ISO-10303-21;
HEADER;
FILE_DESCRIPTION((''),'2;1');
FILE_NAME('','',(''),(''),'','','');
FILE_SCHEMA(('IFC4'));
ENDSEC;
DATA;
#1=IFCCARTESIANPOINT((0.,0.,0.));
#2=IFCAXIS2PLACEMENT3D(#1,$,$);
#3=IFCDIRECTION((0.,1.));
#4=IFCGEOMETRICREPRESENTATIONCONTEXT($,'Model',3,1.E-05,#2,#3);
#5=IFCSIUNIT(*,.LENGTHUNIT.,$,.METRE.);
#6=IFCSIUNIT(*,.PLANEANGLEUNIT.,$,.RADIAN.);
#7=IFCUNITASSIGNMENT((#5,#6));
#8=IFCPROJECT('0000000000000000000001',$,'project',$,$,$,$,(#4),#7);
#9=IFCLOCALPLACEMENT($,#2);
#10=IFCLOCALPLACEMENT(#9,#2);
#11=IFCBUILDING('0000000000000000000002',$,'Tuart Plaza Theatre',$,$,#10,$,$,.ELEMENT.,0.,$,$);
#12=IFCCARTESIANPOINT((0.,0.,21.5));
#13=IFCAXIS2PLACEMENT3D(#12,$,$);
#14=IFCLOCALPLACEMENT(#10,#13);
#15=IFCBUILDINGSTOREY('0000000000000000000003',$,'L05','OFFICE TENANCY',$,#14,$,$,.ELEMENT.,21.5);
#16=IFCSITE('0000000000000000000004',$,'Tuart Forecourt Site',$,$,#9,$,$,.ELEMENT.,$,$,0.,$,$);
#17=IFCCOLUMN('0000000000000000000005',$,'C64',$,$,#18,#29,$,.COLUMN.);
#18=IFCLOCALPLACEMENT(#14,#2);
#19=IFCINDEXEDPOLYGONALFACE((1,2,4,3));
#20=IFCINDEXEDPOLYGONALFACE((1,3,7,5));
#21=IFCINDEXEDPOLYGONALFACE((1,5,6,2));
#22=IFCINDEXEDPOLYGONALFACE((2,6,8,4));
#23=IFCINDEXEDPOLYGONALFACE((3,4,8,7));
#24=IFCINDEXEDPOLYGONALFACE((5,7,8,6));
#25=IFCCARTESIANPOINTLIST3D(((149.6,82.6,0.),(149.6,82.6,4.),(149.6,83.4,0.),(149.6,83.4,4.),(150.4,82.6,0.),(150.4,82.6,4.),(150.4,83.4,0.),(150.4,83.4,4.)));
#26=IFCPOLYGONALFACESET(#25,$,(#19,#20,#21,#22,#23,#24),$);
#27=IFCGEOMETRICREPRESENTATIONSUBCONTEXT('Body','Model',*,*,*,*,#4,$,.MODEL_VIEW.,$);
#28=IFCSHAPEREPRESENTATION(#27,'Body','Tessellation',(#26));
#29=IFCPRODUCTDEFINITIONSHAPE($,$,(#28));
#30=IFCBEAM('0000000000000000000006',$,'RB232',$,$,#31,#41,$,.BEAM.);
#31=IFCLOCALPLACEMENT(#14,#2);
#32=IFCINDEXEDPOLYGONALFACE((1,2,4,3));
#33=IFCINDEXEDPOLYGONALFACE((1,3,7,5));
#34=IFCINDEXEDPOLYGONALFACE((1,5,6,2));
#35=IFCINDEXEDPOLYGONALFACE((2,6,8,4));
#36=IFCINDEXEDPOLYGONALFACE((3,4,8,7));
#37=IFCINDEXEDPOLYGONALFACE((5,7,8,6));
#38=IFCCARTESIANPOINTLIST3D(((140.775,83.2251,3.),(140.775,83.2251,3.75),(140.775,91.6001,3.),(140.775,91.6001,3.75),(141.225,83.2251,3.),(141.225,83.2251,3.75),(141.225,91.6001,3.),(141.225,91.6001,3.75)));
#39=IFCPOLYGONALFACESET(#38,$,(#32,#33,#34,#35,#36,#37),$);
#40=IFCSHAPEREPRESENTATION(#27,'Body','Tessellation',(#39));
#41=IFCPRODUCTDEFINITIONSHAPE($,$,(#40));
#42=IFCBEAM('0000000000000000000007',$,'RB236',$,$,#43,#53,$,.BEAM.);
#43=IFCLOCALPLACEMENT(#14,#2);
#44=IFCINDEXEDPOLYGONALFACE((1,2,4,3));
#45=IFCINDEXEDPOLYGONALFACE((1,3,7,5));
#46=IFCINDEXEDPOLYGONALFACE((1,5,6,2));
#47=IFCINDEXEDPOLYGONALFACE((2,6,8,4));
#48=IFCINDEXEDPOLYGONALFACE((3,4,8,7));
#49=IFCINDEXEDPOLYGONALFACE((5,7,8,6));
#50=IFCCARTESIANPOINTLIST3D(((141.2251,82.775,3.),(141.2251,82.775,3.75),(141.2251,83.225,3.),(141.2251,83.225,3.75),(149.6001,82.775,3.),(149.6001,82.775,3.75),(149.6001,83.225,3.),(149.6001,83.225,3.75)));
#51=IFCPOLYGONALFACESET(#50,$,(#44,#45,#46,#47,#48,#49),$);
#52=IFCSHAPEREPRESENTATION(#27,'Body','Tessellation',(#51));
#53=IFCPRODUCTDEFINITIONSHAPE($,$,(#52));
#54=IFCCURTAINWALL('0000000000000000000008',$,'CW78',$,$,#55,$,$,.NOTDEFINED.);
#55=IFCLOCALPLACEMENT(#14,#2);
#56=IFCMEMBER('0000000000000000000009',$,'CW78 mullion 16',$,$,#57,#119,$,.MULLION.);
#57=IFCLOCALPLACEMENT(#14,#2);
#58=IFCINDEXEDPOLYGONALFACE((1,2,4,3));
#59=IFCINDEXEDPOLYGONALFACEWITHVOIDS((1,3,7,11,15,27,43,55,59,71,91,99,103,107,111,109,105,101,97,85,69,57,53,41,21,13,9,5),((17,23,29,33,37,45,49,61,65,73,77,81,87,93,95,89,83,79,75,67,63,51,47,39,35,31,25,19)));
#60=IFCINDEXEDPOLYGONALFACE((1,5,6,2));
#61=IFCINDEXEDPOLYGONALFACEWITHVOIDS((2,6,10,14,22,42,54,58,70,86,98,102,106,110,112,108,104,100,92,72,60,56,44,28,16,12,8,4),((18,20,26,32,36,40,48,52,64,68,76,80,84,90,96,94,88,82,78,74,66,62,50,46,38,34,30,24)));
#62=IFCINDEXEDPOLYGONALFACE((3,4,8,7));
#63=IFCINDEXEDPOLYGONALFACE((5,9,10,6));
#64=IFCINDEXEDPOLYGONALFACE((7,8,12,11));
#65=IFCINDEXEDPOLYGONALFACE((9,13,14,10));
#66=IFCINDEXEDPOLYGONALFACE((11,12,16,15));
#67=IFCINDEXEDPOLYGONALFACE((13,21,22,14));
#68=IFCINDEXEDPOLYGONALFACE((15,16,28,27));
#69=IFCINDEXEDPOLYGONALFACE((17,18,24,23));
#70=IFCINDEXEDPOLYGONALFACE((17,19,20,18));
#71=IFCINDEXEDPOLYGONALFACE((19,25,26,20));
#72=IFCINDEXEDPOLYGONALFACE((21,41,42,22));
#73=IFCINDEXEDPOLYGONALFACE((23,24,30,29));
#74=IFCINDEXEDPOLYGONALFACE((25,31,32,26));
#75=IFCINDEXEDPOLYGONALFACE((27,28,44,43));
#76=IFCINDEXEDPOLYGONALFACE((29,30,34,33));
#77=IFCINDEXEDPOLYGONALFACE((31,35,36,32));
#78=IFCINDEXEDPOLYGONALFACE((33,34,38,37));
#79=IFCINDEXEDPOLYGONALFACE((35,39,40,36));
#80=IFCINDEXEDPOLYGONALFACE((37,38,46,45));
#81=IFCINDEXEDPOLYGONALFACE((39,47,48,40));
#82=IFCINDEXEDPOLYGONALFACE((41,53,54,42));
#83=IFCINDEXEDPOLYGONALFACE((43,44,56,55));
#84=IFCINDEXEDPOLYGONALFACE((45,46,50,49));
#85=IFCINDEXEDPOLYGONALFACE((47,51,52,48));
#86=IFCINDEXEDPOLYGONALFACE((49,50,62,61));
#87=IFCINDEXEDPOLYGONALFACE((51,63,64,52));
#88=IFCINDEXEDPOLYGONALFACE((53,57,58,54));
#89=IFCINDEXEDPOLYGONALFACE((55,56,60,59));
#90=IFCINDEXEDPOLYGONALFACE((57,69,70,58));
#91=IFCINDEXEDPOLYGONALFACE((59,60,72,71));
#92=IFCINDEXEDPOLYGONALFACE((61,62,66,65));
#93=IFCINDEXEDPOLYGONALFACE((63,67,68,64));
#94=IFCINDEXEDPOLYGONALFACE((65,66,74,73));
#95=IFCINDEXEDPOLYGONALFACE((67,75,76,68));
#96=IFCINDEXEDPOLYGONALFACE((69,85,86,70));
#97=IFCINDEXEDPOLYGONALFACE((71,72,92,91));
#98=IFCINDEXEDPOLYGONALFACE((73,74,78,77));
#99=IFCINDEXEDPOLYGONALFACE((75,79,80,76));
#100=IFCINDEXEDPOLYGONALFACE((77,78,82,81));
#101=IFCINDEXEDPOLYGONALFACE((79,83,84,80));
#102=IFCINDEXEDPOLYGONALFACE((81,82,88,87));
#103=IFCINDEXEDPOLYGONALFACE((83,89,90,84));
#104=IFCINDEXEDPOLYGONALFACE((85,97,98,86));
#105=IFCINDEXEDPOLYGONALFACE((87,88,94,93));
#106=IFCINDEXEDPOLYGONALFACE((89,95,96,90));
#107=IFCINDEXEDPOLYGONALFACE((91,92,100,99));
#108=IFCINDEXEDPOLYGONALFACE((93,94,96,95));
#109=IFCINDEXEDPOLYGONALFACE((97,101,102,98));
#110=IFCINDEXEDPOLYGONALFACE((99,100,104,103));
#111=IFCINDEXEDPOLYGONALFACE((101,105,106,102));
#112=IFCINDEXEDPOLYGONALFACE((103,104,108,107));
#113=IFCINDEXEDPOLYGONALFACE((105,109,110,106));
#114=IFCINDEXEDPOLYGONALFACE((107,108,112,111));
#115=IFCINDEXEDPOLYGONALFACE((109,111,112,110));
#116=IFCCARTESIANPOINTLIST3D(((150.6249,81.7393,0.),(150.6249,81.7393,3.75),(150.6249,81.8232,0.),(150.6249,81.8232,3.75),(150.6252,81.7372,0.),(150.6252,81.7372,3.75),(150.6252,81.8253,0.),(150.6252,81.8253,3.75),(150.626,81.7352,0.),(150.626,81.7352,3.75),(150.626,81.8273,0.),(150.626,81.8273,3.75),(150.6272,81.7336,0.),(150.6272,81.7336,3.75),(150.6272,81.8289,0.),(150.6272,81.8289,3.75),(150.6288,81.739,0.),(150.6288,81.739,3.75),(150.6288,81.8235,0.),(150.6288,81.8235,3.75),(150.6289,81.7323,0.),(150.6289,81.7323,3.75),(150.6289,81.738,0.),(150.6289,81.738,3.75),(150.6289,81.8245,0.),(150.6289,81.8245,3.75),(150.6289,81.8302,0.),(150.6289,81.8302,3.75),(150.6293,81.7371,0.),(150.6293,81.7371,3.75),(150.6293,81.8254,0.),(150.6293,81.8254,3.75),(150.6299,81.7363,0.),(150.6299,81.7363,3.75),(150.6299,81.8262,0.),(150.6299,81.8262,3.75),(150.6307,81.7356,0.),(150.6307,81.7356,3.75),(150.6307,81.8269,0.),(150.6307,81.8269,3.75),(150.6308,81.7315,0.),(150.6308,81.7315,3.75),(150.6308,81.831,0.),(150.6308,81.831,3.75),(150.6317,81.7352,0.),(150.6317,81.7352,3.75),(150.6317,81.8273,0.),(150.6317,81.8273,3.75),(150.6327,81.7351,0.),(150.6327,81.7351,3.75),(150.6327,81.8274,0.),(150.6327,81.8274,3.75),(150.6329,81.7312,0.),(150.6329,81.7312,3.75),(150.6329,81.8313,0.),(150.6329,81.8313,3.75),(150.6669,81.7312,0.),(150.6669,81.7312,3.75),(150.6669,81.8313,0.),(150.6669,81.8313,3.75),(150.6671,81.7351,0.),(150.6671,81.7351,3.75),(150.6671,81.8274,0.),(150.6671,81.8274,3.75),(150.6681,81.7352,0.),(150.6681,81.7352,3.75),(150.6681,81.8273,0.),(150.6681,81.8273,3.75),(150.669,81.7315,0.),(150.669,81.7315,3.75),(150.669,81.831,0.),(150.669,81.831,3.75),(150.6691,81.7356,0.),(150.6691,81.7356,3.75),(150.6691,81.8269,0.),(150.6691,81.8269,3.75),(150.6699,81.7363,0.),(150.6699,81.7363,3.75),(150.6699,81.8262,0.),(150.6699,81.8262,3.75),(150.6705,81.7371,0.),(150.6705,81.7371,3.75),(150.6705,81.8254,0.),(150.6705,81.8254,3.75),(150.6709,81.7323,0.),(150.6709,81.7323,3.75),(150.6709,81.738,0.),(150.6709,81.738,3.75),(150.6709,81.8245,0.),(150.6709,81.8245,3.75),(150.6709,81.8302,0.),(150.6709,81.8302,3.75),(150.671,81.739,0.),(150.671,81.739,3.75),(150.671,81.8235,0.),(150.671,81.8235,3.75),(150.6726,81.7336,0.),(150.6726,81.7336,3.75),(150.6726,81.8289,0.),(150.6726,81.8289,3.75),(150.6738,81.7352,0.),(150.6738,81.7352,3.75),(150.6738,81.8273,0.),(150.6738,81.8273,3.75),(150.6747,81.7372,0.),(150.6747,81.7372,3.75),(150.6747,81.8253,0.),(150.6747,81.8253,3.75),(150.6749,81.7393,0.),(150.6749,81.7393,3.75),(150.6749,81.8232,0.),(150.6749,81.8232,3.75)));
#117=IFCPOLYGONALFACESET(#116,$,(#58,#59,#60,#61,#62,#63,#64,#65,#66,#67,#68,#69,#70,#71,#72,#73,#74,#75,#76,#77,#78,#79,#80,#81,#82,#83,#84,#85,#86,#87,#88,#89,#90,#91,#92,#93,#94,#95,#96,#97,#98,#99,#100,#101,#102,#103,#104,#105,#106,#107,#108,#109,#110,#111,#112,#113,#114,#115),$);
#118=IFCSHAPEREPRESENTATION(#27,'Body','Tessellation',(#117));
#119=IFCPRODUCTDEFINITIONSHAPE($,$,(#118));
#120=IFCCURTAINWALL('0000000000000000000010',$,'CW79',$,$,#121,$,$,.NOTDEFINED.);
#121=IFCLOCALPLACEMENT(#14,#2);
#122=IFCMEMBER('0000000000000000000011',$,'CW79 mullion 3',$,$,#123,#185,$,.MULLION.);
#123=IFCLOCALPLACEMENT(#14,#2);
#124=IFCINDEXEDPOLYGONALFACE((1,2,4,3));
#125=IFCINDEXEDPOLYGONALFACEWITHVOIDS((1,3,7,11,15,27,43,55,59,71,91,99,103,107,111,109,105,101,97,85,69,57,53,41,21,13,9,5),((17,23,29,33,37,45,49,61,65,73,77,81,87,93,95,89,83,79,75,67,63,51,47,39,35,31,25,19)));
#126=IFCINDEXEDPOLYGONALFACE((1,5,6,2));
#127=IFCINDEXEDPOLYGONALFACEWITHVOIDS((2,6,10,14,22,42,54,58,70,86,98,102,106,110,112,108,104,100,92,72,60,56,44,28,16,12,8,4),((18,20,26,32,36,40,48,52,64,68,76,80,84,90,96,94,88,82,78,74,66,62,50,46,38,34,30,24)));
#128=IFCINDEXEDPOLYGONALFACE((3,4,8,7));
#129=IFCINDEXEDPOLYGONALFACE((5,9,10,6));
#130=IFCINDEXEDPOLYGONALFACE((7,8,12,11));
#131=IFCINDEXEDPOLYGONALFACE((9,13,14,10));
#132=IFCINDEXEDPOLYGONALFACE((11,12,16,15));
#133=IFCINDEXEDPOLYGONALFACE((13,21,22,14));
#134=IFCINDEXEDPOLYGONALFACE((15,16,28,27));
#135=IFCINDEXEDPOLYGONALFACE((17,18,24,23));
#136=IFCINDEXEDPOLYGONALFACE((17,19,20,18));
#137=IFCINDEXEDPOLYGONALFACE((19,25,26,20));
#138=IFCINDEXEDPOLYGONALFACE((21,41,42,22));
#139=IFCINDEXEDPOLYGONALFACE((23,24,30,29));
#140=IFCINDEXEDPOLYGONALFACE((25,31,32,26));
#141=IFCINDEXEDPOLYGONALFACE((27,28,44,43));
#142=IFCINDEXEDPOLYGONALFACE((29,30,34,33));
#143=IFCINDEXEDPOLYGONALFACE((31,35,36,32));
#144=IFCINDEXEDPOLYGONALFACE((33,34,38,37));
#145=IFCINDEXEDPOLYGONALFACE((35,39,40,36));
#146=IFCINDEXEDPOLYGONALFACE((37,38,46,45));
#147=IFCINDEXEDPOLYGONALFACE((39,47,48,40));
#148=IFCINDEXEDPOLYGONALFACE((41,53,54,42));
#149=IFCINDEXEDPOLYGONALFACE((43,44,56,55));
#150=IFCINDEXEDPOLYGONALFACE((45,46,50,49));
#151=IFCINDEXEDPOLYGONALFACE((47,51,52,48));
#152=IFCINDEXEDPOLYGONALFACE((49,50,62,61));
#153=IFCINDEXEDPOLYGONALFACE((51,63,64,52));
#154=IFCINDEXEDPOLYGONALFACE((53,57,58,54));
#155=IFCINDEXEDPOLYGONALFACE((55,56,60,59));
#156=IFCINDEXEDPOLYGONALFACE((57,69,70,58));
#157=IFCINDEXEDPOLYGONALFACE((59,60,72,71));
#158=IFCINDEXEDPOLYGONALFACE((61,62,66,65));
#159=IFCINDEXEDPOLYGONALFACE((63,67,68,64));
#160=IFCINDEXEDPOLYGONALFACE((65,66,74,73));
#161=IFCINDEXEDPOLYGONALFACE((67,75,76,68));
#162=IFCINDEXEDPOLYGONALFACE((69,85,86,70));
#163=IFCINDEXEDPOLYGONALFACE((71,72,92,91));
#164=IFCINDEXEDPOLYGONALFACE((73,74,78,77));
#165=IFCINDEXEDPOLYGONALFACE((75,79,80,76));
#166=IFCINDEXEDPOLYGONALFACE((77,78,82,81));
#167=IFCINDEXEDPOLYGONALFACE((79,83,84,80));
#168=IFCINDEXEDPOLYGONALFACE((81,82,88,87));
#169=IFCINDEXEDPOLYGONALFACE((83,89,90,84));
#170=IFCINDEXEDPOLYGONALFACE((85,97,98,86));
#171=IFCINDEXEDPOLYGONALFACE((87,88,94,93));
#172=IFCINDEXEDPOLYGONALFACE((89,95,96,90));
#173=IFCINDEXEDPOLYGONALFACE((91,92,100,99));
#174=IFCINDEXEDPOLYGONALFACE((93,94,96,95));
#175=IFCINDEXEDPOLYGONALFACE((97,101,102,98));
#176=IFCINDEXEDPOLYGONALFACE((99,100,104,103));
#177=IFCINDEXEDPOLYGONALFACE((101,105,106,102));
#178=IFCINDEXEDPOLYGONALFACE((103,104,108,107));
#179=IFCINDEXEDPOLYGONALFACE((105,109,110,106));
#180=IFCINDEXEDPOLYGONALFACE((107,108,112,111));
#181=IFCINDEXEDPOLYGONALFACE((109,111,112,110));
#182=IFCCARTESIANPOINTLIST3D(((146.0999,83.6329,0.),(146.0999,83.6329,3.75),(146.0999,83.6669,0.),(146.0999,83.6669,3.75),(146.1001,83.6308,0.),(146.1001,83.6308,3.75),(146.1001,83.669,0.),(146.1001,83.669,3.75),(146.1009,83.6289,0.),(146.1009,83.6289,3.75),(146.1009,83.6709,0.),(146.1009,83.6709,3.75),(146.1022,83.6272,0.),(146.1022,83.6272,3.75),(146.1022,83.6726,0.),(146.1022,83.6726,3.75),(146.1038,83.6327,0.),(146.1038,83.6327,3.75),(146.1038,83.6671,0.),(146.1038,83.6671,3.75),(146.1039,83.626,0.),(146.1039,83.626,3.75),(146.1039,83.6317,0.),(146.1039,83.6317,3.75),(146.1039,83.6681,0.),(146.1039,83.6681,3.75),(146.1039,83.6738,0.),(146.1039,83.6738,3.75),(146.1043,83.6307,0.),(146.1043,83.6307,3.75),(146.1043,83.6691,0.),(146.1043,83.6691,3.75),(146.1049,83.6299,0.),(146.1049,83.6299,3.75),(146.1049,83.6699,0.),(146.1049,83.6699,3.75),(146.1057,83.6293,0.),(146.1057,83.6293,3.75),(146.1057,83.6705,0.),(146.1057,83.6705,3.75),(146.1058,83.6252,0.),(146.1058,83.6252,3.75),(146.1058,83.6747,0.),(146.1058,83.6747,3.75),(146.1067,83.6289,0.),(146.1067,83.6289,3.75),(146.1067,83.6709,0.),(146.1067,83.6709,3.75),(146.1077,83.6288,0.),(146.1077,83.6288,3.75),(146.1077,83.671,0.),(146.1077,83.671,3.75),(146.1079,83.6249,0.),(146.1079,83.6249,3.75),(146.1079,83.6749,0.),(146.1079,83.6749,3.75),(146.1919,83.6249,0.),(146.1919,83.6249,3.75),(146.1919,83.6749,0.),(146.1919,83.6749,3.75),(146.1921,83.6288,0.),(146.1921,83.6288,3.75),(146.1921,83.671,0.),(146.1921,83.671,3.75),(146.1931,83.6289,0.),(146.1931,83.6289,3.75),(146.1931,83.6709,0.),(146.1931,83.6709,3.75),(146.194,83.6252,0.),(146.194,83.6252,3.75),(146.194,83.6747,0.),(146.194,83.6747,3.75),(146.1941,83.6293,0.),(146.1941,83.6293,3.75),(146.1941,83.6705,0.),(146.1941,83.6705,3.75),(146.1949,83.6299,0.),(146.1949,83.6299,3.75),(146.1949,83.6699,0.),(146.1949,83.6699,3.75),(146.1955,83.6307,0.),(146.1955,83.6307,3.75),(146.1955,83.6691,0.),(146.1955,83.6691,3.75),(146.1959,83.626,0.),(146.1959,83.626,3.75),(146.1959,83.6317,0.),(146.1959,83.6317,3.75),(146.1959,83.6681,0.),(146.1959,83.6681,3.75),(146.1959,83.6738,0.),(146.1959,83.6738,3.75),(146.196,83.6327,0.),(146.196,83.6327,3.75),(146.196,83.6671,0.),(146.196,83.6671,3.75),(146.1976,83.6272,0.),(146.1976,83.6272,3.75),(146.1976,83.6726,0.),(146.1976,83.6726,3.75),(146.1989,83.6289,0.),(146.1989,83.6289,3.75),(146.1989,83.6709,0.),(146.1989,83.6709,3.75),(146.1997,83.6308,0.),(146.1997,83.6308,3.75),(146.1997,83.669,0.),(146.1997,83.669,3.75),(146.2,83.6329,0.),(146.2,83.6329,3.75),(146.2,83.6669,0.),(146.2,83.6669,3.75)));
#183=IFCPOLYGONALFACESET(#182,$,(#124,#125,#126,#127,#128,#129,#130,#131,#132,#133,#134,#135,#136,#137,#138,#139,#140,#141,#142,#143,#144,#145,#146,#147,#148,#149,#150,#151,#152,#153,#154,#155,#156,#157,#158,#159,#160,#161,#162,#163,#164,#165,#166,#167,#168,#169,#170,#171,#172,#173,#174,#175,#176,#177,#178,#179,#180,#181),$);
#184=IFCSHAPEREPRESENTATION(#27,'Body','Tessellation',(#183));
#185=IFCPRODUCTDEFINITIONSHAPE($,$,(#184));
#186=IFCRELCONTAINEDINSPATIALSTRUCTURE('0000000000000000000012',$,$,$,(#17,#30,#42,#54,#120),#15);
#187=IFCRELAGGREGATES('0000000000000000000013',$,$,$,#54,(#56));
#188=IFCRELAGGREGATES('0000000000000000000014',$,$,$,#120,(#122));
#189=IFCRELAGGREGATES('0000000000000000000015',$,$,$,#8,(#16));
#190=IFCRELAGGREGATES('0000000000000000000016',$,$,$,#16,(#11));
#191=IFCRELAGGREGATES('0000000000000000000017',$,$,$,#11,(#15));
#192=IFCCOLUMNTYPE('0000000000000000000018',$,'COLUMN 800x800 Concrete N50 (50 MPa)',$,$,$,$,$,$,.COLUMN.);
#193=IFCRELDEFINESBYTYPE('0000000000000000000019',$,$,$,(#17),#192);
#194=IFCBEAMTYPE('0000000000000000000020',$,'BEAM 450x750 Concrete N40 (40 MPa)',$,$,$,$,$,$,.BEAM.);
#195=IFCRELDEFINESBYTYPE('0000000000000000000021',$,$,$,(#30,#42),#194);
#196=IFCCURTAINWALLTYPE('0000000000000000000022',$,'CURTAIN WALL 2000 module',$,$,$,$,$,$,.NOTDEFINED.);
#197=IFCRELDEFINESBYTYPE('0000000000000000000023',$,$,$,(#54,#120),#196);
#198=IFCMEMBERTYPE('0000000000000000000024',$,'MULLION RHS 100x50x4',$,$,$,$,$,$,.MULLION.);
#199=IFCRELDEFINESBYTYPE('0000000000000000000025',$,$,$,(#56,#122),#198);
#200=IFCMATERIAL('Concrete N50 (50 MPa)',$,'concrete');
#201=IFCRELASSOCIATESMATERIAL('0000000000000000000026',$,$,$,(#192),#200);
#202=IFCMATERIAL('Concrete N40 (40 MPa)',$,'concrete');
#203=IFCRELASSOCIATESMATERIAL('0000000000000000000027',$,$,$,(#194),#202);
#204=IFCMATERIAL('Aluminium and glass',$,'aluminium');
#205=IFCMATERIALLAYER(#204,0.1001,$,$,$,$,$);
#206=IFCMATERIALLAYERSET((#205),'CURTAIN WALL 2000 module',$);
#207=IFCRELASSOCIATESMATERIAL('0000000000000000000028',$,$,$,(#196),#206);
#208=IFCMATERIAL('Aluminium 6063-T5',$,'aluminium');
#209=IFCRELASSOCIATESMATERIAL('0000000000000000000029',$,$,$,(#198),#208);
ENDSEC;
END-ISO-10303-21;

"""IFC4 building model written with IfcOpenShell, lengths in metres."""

from ifc_helpers import new_model, si_unit, direction, frame, origin, origin_2d, place, context, subcontext, project, spatial, rectangle, hollow_rectangle, extrude, material, layer, layer_set, material_profile, profile_set, type_object, element, aggregate, save


model = new_model("IFC4")

# Units and contexts
model_context = context("Model", 3, precision=1e-05, world=origin(), true_north=direction((0.0, 1.0)))
body_context = subcontext(model_context, "Body", "Model", "MODEL_VIEW")
ifc_project = project(units=[si_unit("LENGTHUNIT", "METRE"), si_unit("PLANEANGLEUNIT", "RADIAN")], contexts=[model_context])

# Site, building, storey
site_placement = place(None, origin())
site = spatial("IfcSite", under=ifc_project, at=site_placement, Name="Tuart Forecourt Site", CompositionType="ELEMENT", RefElevation=0.0)
building_placement = place(site_placement, origin())
building = spatial("IfcBuilding", under=site, at=building_placement, Name="Tuart Plaza Theatre", CompositionType="ELEMENT", ElevationOfRefHeight=0.0)
storey_placement = place(building_placement, frame((0.0, 0.0, 21.5)))
storey = spatial("IfcBuildingStorey", under=building, at=storey_placement, Name="L05", Description="OFFICE TENANCY", CompositionType="ELEMENT", Elevation=21.5)

# Column
ifc_material_1 = material(Name="Concrete N50 (50 MPa)", Category="concrete")
ifc_material_profile_1 = material_profile(ifc_material_1, rectangle(XDim=0.8, YDim=0.8, at=origin_2d()), Name="COLUMN 800x800 Concrete N50 (50 MPa)")
ifc_profile_set_1 = profile_set([ifc_material_profile_1], Name="Concrete N50 (50 MPa)")
column_type = type_object("IfcColumnType", Name="COLUMN 800x800 Concrete N50 (50 MPa)", PredefinedType="COLUMN", material=ifc_profile_set_1)
column_placement = place(storey_placement, frame((150.0, 83.0, 0.0), z_axis=(0.0, 0.0, 1.0), x_axis=(1.0, 0.0, 0.0)))
element("IfcColumn", 1, at=column_placement, inside=storey, type_object=column_type, Name="C64", PredefinedType="COLUMN", context=body_context, shape_type="SweptSolid", body=[
    extrude(rectangle(XDim=0.8, YDim=0.8, at=origin_2d()), origin(), (0.0, 0.0, 1.0), 4.0),
])

# Beams
ifc_material_2 = material(Name="Concrete N40 (40 MPa)", Category="concrete")
ifc_material_profile_2 = material_profile(ifc_material_2, rectangle(XDim=0.45, YDim=0.75, at=origin_2d()), Name="BEAM 450x750 Concrete N40 (40 MPa)")
ifc_profile_set_2 = profile_set([ifc_material_profile_2], Name="Concrete N40 (40 MPa)")
beam_type = type_object("IfcBeamType", Name="BEAM 450x750 Concrete N40 (40 MPa)", PredefinedType="BEAM", material=ifc_profile_set_2)
for number, where, z_axis, x_axis, name in (
    (2, (141.0, 83.2251, 3.375), (0.0, 1.0, 0.0), (-1.0, 0.0, 0.0), "RB232"),
    (3, (141.2251, 83.0, 3.375), (1.0, 0.0, 0.0), (0.0, 1.0, 0.0), "RB236"),
):
    element("IfcBeam", number, at=place(storey_placement, frame(where, z_axis=z_axis, x_axis=x_axis)), inside=storey, type_object=beam_type, Name=name, PredefinedType="BEAM", context=body_context, shape_type="SweptSolid", body=[
        extrude(rectangle(XDim=0.45, YDim=0.75, at=origin_2d()), origin(), (0.0, 0.0, 1.0), 8.375),
    ])

# Curtain wall, member
ifc_material_3 = material(Name="Aluminium and glass", Category="aluminium")
ifc_layer_1 = layer(ifc_material_3, 0.1001)
ifc_layer_set_1 = layer_set([ifc_layer_1], Name="CURTAIN WALL 2000 module")
curtain_wall_type = type_object("IfcCurtainWallType", Name="CURTAIN WALL 2000 module", PredefinedType="NOTDEFINED", material=ifc_layer_set_1)
curtain_wall_1_placement = place(storey_placement, origin())
curtain_wall_1 = element("IfcCurtainWall", 4, at=curtain_wall_1_placement, inside=storey, type_object=curtain_wall_type, Name="CW78", PredefinedType="NOTDEFINED")
ifc_material_4 = material(Name="Aluminium 6063-T5", Category="aluminium")
ifc_material_profile_3 = material_profile(ifc_material_4, hollow_rectangle(XDim=0.05, YDim=0.1001, WallThickness=0.0039, InnerFilletRadius=0.0039, OuterFilletRadius=0.0081, at=origin_2d()), Name="RHS 100x50x4")
ifc_profile_set_3 = profile_set([ifc_material_profile_3], Name="Aluminium 6063-T5")
member_type_1 = type_object("IfcMemberType", Name="MULLION RHS 100x50x4", PredefinedType="MULLION", material=ifc_profile_set_3)
member_1_placement = place(storey_placement, frame((150.6499, 81.7812, 0.0), z_axis=(0.0, 0.0, 1.0), x_axis=(-1.0, 0.0, 0.0)))
member_1 = element("IfcMember", 5, at=member_1_placement, type_object=member_type_1, Name="CW78 mullion 16", PredefinedType="MULLION", context=body_context, shape_type="SweptSolid", body=[
    extrude(hollow_rectangle(XDim=0.05, YDim=0.1001, WallThickness=0.0039, InnerFilletRadius=0.0039, OuterFilletRadius=0.0081, at=origin_2d()), origin(), (0.0, 0.0, 1.0), 3.75),
])

# Curtain wall, member
curtain_wall_2_placement = place(storey_placement, origin())
curtain_wall_2 = element("IfcCurtainWall", 6, at=curtain_wall_2_placement, inside=storey, type_object=curtain_wall_type, Name="CW79", PredefinedType="NOTDEFINED")
member_2_placement = place(storey_placement, frame((146.1499, 83.6499, 0.0), z_axis=(0.0, 0.0, 1.0), x_axis=(0.0, -1.0, 0.0)))
member_2 = element("IfcMember", 7, at=member_2_placement, type_object=member_type_1, Name="CW79 mullion 3", PredefinedType="MULLION", context=body_context, shape_type="SweptSolid", body=[
    extrude(hollow_rectangle(XDim=0.05, YDim=0.1001, WallThickness=0.0039, InnerFilletRadius=0.0039, OuterFilletRadius=0.0081, at=origin_2d()), origin(), (0.0, 0.0, 1.0), 3.75),
])

aggregate(curtain_wall_1, [member_1])
aggregate(curtain_wall_2, [member_2])

save(model, "model.ifc")
